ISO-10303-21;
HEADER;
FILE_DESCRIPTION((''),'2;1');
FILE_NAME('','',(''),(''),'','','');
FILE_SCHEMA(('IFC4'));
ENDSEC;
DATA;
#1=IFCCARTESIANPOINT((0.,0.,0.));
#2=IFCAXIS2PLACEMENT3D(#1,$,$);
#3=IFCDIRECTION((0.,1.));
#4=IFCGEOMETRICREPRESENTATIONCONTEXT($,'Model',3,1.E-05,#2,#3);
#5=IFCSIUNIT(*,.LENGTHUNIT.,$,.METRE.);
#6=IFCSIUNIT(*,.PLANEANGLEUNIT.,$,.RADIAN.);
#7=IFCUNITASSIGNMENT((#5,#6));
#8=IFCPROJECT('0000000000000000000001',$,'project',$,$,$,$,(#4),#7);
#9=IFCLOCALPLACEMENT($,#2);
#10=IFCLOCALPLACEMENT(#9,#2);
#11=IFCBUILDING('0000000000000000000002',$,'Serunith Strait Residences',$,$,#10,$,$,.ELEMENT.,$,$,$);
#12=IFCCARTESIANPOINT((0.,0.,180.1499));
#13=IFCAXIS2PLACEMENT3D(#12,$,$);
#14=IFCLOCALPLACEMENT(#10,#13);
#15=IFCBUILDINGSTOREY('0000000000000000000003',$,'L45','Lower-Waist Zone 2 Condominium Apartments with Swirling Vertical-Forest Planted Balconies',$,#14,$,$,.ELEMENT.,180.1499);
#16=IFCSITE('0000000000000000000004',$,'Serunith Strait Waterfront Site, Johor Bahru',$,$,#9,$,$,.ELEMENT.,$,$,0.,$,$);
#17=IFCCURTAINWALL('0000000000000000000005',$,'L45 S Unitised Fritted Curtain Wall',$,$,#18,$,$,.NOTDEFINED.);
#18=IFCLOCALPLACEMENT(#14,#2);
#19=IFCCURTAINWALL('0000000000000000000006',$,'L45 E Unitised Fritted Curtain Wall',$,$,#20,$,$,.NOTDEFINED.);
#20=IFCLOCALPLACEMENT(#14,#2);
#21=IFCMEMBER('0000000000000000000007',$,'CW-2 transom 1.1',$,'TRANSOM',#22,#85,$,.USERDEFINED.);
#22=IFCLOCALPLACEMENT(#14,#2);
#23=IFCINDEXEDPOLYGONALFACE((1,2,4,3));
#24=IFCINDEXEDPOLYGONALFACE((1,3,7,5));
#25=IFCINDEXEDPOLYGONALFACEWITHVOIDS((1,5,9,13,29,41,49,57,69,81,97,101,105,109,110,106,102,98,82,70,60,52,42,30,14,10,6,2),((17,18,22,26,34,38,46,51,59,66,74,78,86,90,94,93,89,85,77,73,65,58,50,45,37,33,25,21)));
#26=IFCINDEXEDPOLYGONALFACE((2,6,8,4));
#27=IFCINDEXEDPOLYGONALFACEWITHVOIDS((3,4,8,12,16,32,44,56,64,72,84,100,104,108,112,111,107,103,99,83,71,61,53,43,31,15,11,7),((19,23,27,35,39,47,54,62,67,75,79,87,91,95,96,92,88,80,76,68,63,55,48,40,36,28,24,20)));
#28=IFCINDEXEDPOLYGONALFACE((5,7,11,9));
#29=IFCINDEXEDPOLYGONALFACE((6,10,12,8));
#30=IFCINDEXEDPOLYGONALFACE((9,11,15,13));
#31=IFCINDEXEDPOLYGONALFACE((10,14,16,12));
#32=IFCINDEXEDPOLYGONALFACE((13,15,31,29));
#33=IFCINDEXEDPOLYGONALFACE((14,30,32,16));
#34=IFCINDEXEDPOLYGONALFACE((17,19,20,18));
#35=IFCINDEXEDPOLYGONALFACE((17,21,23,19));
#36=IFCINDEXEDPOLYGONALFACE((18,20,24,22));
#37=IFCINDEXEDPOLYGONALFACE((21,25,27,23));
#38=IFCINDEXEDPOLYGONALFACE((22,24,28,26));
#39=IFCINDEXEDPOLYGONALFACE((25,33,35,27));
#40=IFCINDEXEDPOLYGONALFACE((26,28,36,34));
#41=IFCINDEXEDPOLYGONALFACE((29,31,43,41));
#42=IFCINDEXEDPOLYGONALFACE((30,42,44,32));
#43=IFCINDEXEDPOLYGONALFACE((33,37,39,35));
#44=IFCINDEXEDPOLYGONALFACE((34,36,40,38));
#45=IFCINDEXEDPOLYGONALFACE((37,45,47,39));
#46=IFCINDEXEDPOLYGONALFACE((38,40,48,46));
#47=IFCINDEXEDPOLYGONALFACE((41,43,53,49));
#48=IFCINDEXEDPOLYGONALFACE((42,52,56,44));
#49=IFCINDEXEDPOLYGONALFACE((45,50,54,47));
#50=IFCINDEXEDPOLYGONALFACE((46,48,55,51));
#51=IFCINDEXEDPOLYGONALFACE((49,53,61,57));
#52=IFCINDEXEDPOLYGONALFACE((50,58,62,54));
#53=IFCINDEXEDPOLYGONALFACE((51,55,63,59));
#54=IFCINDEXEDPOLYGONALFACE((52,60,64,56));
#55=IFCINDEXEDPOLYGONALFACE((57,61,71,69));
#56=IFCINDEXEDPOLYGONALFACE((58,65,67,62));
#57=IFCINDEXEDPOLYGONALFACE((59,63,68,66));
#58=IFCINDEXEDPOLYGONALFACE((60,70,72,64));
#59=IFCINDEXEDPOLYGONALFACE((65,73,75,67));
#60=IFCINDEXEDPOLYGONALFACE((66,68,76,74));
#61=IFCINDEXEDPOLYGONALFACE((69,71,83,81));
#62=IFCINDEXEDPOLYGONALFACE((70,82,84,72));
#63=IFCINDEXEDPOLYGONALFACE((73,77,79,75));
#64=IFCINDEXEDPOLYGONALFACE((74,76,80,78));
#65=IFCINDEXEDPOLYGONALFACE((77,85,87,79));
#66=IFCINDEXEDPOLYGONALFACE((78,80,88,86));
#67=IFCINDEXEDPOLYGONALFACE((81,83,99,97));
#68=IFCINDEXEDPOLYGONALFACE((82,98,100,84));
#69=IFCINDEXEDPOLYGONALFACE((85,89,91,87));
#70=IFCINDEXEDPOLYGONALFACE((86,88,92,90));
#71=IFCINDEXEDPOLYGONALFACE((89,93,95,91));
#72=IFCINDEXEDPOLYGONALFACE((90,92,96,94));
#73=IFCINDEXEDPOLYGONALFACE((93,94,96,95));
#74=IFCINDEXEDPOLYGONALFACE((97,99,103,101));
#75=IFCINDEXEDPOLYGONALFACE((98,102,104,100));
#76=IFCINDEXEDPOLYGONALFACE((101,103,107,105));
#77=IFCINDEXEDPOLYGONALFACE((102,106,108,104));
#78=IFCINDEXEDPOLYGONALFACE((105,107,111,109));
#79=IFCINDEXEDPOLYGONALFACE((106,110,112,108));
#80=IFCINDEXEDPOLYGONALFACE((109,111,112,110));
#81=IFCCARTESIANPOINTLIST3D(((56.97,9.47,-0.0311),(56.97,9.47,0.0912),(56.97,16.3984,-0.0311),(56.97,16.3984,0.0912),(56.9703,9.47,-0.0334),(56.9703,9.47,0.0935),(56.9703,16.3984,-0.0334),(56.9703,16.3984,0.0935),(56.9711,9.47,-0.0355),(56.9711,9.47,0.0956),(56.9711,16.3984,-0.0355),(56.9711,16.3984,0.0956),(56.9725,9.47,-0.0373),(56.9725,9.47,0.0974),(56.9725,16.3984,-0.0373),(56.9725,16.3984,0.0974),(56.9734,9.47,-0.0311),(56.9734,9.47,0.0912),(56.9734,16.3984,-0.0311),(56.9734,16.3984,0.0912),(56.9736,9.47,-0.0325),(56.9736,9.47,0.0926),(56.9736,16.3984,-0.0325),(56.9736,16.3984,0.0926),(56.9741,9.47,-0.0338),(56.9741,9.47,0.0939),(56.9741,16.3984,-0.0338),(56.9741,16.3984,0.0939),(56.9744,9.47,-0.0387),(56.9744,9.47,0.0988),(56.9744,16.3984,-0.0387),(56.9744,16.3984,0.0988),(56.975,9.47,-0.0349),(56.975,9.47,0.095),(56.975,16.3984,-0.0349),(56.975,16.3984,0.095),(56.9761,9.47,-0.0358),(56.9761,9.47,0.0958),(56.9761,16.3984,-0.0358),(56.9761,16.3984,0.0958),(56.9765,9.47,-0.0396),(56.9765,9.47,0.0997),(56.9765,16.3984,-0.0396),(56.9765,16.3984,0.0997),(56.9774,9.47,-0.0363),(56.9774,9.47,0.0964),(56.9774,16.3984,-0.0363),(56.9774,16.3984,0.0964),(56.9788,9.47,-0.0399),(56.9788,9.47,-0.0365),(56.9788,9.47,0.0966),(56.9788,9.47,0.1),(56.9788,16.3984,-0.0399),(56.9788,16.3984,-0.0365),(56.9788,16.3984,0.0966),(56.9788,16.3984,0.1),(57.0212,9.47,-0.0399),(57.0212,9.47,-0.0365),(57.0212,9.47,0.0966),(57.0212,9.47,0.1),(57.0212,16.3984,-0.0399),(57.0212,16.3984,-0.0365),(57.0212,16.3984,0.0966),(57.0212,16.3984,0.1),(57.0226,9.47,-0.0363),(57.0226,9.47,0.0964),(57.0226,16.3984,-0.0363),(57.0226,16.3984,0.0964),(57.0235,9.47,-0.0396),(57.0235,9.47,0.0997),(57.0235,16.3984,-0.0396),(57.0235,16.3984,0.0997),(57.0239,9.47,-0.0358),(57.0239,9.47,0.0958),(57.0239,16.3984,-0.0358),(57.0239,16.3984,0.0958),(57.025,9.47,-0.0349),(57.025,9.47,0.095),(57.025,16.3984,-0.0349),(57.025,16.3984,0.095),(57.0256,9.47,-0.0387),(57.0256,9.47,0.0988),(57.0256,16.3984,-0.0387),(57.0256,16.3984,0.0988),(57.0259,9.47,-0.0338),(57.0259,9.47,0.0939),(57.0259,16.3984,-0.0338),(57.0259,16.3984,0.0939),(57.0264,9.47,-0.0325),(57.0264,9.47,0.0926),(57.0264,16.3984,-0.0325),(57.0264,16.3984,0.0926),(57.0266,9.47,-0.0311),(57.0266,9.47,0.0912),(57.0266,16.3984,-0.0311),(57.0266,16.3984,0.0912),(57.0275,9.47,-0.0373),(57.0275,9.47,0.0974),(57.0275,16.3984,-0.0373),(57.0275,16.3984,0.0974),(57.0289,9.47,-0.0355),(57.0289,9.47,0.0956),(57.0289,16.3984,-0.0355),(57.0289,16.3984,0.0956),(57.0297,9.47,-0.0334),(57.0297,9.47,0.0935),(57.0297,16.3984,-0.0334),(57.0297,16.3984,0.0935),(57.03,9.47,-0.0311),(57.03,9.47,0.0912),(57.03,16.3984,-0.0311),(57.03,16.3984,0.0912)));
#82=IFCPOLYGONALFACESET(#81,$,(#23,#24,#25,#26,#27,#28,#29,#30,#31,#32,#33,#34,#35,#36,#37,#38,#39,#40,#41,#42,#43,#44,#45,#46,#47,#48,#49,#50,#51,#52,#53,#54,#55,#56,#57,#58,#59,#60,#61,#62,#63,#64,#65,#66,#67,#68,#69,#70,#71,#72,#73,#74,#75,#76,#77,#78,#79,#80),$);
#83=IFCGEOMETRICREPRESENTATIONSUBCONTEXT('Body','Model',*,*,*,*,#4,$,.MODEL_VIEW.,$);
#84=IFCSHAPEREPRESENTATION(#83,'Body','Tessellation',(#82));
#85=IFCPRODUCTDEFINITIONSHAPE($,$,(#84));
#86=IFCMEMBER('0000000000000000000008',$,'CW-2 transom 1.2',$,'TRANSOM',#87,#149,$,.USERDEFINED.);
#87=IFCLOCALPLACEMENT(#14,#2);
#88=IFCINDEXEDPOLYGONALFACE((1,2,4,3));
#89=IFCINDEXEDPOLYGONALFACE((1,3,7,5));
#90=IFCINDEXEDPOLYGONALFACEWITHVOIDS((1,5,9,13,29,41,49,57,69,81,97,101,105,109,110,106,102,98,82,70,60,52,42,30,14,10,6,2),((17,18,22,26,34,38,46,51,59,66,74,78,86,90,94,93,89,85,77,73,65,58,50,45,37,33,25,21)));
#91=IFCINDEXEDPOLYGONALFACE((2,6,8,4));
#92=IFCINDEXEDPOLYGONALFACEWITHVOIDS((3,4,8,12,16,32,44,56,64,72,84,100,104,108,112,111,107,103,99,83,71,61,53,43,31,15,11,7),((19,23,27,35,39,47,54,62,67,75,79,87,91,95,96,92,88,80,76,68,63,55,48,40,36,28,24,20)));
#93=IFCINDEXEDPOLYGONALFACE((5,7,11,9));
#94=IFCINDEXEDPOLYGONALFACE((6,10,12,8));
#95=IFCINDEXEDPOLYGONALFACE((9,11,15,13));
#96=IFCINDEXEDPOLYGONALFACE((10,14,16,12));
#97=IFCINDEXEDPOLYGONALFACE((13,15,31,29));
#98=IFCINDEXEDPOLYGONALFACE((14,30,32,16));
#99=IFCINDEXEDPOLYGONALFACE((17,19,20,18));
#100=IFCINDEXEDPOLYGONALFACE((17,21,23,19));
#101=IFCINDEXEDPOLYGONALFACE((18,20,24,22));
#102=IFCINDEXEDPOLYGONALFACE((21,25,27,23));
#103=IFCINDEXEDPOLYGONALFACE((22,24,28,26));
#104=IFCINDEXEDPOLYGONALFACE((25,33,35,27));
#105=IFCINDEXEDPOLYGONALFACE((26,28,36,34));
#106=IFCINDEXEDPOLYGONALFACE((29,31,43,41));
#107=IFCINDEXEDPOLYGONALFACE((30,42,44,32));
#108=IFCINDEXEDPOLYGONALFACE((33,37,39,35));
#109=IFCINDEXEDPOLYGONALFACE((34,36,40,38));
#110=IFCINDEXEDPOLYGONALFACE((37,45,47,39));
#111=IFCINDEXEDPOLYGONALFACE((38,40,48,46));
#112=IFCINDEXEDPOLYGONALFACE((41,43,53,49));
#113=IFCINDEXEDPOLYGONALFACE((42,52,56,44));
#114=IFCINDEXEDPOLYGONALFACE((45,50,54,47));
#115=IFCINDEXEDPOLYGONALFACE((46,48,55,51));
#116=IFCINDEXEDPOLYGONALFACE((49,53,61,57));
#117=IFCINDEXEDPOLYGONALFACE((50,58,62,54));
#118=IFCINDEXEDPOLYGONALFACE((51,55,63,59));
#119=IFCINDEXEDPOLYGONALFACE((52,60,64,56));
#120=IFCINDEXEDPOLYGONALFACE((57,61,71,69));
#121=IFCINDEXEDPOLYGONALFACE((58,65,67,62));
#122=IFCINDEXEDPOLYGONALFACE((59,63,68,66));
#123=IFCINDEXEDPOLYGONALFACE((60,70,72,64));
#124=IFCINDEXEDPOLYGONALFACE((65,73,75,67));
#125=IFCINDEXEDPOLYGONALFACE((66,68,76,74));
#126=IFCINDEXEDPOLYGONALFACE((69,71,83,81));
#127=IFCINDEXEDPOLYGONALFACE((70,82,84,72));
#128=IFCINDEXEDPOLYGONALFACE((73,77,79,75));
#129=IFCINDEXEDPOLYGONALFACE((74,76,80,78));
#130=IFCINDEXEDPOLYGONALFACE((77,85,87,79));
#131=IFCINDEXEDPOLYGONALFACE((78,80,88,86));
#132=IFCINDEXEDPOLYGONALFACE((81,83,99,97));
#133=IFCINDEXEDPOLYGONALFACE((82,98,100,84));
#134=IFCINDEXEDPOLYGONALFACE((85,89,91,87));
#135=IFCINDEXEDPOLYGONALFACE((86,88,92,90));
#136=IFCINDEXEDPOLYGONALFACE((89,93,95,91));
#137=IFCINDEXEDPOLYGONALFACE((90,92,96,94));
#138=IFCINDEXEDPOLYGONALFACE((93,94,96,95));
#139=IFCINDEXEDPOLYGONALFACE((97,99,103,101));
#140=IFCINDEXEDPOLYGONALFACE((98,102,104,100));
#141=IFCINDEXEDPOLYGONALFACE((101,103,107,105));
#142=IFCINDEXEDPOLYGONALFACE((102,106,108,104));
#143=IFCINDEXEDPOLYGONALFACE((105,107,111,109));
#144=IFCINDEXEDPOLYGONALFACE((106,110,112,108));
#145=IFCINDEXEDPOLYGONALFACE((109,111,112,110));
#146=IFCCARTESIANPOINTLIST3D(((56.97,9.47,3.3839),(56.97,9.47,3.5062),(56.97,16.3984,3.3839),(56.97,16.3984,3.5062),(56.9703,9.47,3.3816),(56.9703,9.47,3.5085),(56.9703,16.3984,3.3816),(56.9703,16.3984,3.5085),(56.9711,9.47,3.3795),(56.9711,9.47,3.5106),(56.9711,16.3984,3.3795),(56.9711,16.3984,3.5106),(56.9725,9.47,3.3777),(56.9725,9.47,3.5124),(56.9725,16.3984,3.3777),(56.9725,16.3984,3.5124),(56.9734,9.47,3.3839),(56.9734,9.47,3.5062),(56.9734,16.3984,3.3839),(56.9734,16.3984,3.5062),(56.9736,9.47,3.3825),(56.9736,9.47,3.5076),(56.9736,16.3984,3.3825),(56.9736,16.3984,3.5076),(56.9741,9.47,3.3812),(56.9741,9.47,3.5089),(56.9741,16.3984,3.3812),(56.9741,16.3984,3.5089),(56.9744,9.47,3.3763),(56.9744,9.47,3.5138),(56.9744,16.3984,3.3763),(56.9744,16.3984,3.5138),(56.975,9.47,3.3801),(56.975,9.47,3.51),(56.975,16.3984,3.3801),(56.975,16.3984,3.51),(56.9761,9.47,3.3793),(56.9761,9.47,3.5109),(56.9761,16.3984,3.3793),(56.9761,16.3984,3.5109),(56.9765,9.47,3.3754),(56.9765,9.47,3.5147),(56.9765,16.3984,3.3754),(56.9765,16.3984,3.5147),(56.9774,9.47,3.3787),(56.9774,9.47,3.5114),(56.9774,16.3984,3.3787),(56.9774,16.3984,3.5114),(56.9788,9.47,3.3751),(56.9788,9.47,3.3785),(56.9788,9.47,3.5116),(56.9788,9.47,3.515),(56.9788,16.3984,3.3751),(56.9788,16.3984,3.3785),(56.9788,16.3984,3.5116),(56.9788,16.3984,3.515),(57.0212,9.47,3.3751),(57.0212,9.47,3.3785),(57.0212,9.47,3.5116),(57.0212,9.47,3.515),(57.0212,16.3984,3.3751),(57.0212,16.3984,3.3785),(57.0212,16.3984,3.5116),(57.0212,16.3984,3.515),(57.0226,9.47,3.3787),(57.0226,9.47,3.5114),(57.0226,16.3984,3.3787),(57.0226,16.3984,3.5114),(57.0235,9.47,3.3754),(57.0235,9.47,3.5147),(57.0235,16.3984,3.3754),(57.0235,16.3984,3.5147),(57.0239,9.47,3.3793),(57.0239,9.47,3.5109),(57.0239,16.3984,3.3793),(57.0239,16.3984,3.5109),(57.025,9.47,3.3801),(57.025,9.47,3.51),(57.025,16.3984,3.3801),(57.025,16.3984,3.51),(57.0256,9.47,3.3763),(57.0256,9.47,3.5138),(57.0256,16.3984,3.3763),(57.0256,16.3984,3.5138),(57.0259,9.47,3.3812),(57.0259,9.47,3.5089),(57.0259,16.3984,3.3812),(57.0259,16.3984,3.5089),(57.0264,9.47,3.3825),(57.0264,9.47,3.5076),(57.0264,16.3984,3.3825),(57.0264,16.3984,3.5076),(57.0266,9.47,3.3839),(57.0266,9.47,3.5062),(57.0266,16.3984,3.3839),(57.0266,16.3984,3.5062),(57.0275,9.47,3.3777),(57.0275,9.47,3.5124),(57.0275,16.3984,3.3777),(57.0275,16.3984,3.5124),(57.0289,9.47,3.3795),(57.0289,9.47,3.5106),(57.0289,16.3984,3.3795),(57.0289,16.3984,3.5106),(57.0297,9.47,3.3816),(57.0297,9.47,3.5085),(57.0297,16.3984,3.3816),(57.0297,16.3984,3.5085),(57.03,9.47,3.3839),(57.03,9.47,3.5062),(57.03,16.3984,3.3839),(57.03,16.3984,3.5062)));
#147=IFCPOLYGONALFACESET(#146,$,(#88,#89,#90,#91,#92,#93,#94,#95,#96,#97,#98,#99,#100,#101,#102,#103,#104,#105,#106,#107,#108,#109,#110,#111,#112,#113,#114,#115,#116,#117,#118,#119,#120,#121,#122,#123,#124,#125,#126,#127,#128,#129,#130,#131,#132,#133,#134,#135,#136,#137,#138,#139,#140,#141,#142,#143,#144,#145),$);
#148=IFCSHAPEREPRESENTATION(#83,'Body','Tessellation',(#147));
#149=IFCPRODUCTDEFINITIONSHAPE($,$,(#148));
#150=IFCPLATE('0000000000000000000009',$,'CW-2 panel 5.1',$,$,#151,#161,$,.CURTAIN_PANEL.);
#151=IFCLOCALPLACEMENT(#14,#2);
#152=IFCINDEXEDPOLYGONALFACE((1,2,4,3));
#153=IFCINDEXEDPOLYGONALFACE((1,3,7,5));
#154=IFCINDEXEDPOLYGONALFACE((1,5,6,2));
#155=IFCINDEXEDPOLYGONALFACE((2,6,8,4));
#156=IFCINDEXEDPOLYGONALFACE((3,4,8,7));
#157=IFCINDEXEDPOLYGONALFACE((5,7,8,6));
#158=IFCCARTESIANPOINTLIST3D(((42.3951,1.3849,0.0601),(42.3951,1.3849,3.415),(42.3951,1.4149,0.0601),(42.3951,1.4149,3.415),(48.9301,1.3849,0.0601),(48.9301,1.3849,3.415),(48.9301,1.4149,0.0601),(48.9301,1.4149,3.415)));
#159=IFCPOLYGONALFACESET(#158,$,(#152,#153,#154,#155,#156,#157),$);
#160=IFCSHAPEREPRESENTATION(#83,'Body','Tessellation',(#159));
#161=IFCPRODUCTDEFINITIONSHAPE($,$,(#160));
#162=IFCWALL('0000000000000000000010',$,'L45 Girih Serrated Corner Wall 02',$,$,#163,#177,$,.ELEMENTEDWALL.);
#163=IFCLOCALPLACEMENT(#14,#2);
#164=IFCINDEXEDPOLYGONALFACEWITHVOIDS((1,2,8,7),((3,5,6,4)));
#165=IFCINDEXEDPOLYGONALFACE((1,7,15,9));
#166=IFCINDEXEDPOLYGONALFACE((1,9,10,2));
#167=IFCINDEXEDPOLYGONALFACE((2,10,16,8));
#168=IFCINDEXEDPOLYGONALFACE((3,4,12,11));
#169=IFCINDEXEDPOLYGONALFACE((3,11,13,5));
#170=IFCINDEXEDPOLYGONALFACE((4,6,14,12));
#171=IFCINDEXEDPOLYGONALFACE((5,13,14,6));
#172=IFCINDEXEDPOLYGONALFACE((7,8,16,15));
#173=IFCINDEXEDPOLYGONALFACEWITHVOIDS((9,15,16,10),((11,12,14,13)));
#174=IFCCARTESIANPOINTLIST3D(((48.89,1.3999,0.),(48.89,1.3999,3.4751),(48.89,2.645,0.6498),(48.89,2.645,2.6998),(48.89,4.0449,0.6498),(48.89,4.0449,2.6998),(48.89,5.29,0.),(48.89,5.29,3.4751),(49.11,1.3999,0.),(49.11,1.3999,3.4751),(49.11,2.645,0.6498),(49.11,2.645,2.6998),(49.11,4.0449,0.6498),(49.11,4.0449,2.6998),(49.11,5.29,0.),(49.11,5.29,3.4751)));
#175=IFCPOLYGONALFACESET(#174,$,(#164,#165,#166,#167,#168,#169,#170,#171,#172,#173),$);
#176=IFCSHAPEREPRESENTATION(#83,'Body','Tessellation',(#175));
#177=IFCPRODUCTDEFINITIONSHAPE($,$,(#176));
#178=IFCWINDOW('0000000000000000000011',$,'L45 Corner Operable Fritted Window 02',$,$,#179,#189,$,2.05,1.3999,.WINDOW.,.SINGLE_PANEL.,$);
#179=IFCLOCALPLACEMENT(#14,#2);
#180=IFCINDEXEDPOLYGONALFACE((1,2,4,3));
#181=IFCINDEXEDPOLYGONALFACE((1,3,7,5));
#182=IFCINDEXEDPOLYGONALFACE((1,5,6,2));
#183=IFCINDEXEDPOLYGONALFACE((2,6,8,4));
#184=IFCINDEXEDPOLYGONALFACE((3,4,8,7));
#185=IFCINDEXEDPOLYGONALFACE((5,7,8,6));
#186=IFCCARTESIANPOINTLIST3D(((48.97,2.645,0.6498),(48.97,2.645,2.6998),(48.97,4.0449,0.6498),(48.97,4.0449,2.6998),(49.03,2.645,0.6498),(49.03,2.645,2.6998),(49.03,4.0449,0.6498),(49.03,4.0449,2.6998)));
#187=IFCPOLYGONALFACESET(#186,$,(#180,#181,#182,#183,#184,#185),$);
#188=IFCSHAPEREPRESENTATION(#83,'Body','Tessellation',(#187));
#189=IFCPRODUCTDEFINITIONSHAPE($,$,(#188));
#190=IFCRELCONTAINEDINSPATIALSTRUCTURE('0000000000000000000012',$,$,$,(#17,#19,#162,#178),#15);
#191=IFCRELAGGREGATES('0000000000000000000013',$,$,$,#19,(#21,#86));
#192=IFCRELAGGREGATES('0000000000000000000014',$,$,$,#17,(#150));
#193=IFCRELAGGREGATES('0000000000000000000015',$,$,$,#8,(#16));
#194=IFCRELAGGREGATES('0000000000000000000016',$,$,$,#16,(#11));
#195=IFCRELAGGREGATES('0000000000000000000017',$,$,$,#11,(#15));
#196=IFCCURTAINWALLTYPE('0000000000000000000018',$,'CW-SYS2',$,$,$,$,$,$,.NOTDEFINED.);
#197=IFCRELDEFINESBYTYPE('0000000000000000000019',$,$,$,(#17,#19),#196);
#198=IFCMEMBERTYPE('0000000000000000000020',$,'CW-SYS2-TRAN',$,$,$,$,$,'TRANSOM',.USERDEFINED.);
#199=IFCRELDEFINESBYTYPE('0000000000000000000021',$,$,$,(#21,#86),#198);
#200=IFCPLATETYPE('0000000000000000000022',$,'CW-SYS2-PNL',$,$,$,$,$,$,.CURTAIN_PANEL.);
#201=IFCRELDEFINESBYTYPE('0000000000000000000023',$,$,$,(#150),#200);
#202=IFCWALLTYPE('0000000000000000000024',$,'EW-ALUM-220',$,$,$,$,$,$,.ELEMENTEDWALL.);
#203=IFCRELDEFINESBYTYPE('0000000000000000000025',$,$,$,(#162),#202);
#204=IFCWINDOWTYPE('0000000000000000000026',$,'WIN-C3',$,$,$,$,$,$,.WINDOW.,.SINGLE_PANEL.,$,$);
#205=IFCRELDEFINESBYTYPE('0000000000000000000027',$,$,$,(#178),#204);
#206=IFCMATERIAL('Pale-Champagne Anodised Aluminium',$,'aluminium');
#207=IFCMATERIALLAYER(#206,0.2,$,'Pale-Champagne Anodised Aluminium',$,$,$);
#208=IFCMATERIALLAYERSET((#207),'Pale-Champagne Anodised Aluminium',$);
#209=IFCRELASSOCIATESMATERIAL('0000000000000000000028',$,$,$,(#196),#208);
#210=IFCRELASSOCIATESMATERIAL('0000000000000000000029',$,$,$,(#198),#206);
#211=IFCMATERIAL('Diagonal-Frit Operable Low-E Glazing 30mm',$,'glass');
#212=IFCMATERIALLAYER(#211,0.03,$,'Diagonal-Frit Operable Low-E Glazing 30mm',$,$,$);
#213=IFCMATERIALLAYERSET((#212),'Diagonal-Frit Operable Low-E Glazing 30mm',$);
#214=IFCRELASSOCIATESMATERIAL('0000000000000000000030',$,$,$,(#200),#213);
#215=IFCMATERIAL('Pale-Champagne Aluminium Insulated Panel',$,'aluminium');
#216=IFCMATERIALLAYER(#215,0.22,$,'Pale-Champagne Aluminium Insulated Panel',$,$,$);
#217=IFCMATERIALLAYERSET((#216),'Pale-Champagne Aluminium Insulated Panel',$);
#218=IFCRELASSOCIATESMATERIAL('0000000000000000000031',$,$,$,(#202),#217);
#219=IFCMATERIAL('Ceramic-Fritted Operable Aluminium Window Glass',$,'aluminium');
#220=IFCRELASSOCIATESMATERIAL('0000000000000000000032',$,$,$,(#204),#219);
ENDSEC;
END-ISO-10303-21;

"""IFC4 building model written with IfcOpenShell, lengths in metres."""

from ifc_helpers import new_model, si_unit, direction, frame, frame_2d, origin, origin_2d, place, context, subcontext, project, spatial, rectangle, hollow_rectangle, extrude, source, transform, mapped, material, layer, layer_set, material_profile, profile_set, type_object, element, fill, aggregate, save


model = new_model("IFC4")

# Units and contexts
model_context = context("Model", 3, precision=1e-05, world=origin(), true_north=direction((0.0, 1.0)))
body_context = subcontext(model_context, "Body", "Model", "MODEL_VIEW")
ifc_project = project(units=[si_unit("LENGTHUNIT", "METRE"), si_unit("PLANEANGLEUNIT", "RADIAN")], contexts=[model_context])

# Site, building, storey
site_placement = place(None, origin())
site = spatial("IfcSite", under=ifc_project, at=site_placement, Name="Serunith Strait Waterfront Site, Johor Bahru", CompositionType="ELEMENT", RefElevation=0.0)
building_placement = place(site_placement, origin())
building = spatial("IfcBuilding", under=site, at=building_placement, Name="Serunith Strait Residences", CompositionType="ELEMENT")
storey_placement = place(building_placement, frame((0.0, 0.0, 180.1499)))
storey = spatial("IfcBuildingStorey", under=building, at=storey_placement, Name="L45", Description="Lower-Waist Zone 2 Condominium Apartments with Swirling Vertical-Forest Planted Balconies", CompositionType="ELEMENT", Elevation=180.1499)

# Curtain wall
ifc_material_1 = material(Name="Pale-Champagne Anodised Aluminium", Category="aluminium")
ifc_layer_1 = layer(ifc_material_1, 0.2, Name="Pale-Champagne Anodised Aluminium")
ifc_layer_set_1 = layer_set([ifc_layer_1], Name="Pale-Champagne Anodised Aluminium")
curtain_wall_type = type_object("IfcCurtainWallType", Name="CW-SYS2", PredefinedType="NOTDEFINED", material=ifc_layer_set_1)
curtain_wall_1_placement = place(storey_placement, origin())
curtain_wall_1 = element("IfcCurtainWall", 1, at=curtain_wall_1_placement, inside=storey, type_object=curtain_wall_type, Name="L45 S Unitised Fritted Curtain Wall", PredefinedType="NOTDEFINED")

# Curtain wall, members
curtain_wall_2_placement = place(storey_placement, origin())
curtain_wall_2 = element("IfcCurtainWall", 2, at=curtain_wall_2_placement, inside=storey, type_object=curtain_wall_type, Name="L45 E Unitised Fritted Curtain Wall", PredefinedType="NOTDEFINED")
ifc_material_profile_1 = material_profile(ifc_material_1, hollow_rectangle(XDim=0.0601, YDim=0.1399, WallThickness=0.0034, InnerFilletRadius=0.0054, OuterFilletRadius=0.0088, at=origin_2d()), Name="ALU 140x60x3.5")
ifc_profile_set_1 = profile_set([ifc_material_profile_1], Name="Pale-Champagne Anodised Aluminium")
member_type_1 = type_object("IfcMemberType", Name="CW-SYS2-TRAN", ElementType="TRANSOM", PredefinedType="USERDEFINED", material=ifc_profile_set_1)
shared_shape_1 = source(origin(), body_context, "Body", "SweptSolid", [
    extrude(hollow_rectangle(XDim=0.0601, YDim=0.1399, WallThickness=0.0034, InnerFilletRadius=0.0054, OuterFilletRadius=0.0088, at=origin_2d()), origin(), (0.0, 0.0, 1.0), 6.9285),
])
member_1_placement = place(storey_placement, frame((57.0, 9.47, 0.03), z_axis=(0.0, 1.0, 0.0), x_axis=(-1.0, 0.0, 0.0)))
member_1 = element("IfcMember", 3, at=member_1_placement, type_object=member_type_1, Name="CW-2 transom 1.1", ObjectType="TRANSOM", PredefinedType="USERDEFINED", context=body_context, shape_type="MappedRepresentation", body=[
    mapped(shared_shape_1, transform((0.0, 0.0, 0.0), scale=1.0)),
])
member_2_placement = place(storey_placement, frame((57.0, 9.47, 3.4451), z_axis=(0.0, 1.0, 0.0), x_axis=(-1.0, 0.0, 0.0)))
member_2 = element("IfcMember", 4, at=member_2_placement, type_object=member_type_1, Name="CW-2 transom 1.2", ObjectType="TRANSOM", PredefinedType="USERDEFINED", context=body_context, shape_type="MappedRepresentation", body=[
    mapped(shared_shape_1, transform((0.0, 0.0, 0.0), scale=1.0)),
])
aggregate(curtain_wall_2, [member_1, member_2])

# Plate
ifc_material_2 = material(Name="Diagonal-Frit Operable Low-E Glazing 30mm", Category="glass")
ifc_layer_2 = layer(ifc_material_2, 0.03, Name="Diagonal-Frit Operable Low-E Glazing 30mm")
ifc_layer_set_2 = layer_set([ifc_layer_2], Name="Diagonal-Frit Operable Low-E Glazing 30mm")
plate_type = type_object("IfcPlateType", Name="CW-SYS2-PNL", PredefinedType="CURTAIN_PANEL", material=ifc_layer_set_2)
shared_shape_2 = source(origin(), body_context, "Body", "SweptSolid", [
    extrude(rectangle(XDim=6.5349, YDim=0.03, at=origin_2d()), origin(), (0.0, 0.0, 1.0), 3.355),
])
plate_placement = place(storey_placement, frame((45.6626, 1.3999, 0.0601), z_axis=(0.0, 0.0, 1.0), x_axis=(1.0, 0.0, 0.0)))
plate = element("IfcPlate", 5, at=plate_placement, type_object=plate_type, Name="CW-2 panel 5.1", PredefinedType="CURTAIN_PANEL", context=body_context, shape_type="MappedRepresentation", body=[
    mapped(shared_shape_2, transform((0.0, 0.0, 0.0), scale=1.0)),
])
aggregate(curtain_wall_1, [plate])

# Wall, opening, window
ifc_material_3 = material(Name="Pale-Champagne Aluminium Insulated Panel", Category="aluminium")
ifc_layer_3 = layer(ifc_material_3, 0.22, Name="Pale-Champagne Aluminium Insulated Panel")
ifc_layer_set_3 = layer_set([ifc_layer_3], Name="Pale-Champagne Aluminium Insulated Panel")
wall_type_1 = type_object("IfcWallType", Name="EW-ALUM-220", PredefinedType="ELEMENTEDWALL", material=ifc_layer_set_3)
wall_1_placement = place(storey_placement, frame((49.0, 1.3999, 0.0), z_axis=(0.0, 0.0, 1.0), x_axis=(0.0, 1.0, 0.0)))
wall_1 = element("IfcWall", 6, at=wall_1_placement, inside=storey, type_object=wall_type_1, Name="L45 Girih Serrated Corner Wall 02", PredefinedType="ELEMENTEDWALL", context=body_context, shape_type="SweptSolid", body=[
    extrude(rectangle(XDim=3.8901, YDim=0.22, at=frame_2d((1.9451, 0.0))), origin(), (0.0, 0.0, 1.0), 3.4751),
])
opening_1_placement = place(wall_1_placement, frame((1.2451, 0.0, 0.6499)))
opening_1 = element("IfcOpeningElement", 7, at=opening_1_placement, cuts=wall_1, PredefinedType="OPENING", context=body_context, shape_type="SweptSolid", body=[
    extrude(rectangle(XDim=1.3999, YDim=2.05, at=frame_2d((0.7, 1.0249))), frame((0.0, 0.1201, 0.0), z_axis=(0.0, -1.0, 0.0), x_axis=(1.0, 0.0, 0.0)), (0.0, 0.0, 1.0), 0.24),
])
ifc_material_4 = material(Name="Ceramic-Fritted Operable Aluminium Window Glass", Category="aluminium")
window_type = type_object("IfcWindowType", Name="WIN-C3", PartitioningType="SINGLE_PANEL", PredefinedType="WINDOW", material=ifc_material_4)
shared_shape_3 = source(origin(), body_context, "Body", "SweptSolid", [
    extrude(rectangle(XDim=1.3999, YDim=2.05, at=frame_2d((0.7, 1.0249))), frame((0.0, 0.03, 0.0), z_axis=(0.0, -1.0, 0.0), x_axis=(1.0, 0.0, 0.0)), (0.0, 0.0, 1.0), 0.0601),
])
window_1_placement = place(opening_1_placement, origin())
window_1 = element("IfcWindow", 8, at=window_1_placement, inside=storey, type_object=window_type, Name="L45 Corner Operable Fritted Window 02", OverallHeight=2.05, OverallWidth=1.3999, PartitioningType="SINGLE_PANEL", PredefinedType="WINDOW", context=body_context, shape_type="MappedRepresentation", body=[
    mapped(shared_shape_3, transform((0.0, 0.0, 0.0), scale=1.0)),
])
fill(opening_1, window_1)

save(model, "model.ifc")
